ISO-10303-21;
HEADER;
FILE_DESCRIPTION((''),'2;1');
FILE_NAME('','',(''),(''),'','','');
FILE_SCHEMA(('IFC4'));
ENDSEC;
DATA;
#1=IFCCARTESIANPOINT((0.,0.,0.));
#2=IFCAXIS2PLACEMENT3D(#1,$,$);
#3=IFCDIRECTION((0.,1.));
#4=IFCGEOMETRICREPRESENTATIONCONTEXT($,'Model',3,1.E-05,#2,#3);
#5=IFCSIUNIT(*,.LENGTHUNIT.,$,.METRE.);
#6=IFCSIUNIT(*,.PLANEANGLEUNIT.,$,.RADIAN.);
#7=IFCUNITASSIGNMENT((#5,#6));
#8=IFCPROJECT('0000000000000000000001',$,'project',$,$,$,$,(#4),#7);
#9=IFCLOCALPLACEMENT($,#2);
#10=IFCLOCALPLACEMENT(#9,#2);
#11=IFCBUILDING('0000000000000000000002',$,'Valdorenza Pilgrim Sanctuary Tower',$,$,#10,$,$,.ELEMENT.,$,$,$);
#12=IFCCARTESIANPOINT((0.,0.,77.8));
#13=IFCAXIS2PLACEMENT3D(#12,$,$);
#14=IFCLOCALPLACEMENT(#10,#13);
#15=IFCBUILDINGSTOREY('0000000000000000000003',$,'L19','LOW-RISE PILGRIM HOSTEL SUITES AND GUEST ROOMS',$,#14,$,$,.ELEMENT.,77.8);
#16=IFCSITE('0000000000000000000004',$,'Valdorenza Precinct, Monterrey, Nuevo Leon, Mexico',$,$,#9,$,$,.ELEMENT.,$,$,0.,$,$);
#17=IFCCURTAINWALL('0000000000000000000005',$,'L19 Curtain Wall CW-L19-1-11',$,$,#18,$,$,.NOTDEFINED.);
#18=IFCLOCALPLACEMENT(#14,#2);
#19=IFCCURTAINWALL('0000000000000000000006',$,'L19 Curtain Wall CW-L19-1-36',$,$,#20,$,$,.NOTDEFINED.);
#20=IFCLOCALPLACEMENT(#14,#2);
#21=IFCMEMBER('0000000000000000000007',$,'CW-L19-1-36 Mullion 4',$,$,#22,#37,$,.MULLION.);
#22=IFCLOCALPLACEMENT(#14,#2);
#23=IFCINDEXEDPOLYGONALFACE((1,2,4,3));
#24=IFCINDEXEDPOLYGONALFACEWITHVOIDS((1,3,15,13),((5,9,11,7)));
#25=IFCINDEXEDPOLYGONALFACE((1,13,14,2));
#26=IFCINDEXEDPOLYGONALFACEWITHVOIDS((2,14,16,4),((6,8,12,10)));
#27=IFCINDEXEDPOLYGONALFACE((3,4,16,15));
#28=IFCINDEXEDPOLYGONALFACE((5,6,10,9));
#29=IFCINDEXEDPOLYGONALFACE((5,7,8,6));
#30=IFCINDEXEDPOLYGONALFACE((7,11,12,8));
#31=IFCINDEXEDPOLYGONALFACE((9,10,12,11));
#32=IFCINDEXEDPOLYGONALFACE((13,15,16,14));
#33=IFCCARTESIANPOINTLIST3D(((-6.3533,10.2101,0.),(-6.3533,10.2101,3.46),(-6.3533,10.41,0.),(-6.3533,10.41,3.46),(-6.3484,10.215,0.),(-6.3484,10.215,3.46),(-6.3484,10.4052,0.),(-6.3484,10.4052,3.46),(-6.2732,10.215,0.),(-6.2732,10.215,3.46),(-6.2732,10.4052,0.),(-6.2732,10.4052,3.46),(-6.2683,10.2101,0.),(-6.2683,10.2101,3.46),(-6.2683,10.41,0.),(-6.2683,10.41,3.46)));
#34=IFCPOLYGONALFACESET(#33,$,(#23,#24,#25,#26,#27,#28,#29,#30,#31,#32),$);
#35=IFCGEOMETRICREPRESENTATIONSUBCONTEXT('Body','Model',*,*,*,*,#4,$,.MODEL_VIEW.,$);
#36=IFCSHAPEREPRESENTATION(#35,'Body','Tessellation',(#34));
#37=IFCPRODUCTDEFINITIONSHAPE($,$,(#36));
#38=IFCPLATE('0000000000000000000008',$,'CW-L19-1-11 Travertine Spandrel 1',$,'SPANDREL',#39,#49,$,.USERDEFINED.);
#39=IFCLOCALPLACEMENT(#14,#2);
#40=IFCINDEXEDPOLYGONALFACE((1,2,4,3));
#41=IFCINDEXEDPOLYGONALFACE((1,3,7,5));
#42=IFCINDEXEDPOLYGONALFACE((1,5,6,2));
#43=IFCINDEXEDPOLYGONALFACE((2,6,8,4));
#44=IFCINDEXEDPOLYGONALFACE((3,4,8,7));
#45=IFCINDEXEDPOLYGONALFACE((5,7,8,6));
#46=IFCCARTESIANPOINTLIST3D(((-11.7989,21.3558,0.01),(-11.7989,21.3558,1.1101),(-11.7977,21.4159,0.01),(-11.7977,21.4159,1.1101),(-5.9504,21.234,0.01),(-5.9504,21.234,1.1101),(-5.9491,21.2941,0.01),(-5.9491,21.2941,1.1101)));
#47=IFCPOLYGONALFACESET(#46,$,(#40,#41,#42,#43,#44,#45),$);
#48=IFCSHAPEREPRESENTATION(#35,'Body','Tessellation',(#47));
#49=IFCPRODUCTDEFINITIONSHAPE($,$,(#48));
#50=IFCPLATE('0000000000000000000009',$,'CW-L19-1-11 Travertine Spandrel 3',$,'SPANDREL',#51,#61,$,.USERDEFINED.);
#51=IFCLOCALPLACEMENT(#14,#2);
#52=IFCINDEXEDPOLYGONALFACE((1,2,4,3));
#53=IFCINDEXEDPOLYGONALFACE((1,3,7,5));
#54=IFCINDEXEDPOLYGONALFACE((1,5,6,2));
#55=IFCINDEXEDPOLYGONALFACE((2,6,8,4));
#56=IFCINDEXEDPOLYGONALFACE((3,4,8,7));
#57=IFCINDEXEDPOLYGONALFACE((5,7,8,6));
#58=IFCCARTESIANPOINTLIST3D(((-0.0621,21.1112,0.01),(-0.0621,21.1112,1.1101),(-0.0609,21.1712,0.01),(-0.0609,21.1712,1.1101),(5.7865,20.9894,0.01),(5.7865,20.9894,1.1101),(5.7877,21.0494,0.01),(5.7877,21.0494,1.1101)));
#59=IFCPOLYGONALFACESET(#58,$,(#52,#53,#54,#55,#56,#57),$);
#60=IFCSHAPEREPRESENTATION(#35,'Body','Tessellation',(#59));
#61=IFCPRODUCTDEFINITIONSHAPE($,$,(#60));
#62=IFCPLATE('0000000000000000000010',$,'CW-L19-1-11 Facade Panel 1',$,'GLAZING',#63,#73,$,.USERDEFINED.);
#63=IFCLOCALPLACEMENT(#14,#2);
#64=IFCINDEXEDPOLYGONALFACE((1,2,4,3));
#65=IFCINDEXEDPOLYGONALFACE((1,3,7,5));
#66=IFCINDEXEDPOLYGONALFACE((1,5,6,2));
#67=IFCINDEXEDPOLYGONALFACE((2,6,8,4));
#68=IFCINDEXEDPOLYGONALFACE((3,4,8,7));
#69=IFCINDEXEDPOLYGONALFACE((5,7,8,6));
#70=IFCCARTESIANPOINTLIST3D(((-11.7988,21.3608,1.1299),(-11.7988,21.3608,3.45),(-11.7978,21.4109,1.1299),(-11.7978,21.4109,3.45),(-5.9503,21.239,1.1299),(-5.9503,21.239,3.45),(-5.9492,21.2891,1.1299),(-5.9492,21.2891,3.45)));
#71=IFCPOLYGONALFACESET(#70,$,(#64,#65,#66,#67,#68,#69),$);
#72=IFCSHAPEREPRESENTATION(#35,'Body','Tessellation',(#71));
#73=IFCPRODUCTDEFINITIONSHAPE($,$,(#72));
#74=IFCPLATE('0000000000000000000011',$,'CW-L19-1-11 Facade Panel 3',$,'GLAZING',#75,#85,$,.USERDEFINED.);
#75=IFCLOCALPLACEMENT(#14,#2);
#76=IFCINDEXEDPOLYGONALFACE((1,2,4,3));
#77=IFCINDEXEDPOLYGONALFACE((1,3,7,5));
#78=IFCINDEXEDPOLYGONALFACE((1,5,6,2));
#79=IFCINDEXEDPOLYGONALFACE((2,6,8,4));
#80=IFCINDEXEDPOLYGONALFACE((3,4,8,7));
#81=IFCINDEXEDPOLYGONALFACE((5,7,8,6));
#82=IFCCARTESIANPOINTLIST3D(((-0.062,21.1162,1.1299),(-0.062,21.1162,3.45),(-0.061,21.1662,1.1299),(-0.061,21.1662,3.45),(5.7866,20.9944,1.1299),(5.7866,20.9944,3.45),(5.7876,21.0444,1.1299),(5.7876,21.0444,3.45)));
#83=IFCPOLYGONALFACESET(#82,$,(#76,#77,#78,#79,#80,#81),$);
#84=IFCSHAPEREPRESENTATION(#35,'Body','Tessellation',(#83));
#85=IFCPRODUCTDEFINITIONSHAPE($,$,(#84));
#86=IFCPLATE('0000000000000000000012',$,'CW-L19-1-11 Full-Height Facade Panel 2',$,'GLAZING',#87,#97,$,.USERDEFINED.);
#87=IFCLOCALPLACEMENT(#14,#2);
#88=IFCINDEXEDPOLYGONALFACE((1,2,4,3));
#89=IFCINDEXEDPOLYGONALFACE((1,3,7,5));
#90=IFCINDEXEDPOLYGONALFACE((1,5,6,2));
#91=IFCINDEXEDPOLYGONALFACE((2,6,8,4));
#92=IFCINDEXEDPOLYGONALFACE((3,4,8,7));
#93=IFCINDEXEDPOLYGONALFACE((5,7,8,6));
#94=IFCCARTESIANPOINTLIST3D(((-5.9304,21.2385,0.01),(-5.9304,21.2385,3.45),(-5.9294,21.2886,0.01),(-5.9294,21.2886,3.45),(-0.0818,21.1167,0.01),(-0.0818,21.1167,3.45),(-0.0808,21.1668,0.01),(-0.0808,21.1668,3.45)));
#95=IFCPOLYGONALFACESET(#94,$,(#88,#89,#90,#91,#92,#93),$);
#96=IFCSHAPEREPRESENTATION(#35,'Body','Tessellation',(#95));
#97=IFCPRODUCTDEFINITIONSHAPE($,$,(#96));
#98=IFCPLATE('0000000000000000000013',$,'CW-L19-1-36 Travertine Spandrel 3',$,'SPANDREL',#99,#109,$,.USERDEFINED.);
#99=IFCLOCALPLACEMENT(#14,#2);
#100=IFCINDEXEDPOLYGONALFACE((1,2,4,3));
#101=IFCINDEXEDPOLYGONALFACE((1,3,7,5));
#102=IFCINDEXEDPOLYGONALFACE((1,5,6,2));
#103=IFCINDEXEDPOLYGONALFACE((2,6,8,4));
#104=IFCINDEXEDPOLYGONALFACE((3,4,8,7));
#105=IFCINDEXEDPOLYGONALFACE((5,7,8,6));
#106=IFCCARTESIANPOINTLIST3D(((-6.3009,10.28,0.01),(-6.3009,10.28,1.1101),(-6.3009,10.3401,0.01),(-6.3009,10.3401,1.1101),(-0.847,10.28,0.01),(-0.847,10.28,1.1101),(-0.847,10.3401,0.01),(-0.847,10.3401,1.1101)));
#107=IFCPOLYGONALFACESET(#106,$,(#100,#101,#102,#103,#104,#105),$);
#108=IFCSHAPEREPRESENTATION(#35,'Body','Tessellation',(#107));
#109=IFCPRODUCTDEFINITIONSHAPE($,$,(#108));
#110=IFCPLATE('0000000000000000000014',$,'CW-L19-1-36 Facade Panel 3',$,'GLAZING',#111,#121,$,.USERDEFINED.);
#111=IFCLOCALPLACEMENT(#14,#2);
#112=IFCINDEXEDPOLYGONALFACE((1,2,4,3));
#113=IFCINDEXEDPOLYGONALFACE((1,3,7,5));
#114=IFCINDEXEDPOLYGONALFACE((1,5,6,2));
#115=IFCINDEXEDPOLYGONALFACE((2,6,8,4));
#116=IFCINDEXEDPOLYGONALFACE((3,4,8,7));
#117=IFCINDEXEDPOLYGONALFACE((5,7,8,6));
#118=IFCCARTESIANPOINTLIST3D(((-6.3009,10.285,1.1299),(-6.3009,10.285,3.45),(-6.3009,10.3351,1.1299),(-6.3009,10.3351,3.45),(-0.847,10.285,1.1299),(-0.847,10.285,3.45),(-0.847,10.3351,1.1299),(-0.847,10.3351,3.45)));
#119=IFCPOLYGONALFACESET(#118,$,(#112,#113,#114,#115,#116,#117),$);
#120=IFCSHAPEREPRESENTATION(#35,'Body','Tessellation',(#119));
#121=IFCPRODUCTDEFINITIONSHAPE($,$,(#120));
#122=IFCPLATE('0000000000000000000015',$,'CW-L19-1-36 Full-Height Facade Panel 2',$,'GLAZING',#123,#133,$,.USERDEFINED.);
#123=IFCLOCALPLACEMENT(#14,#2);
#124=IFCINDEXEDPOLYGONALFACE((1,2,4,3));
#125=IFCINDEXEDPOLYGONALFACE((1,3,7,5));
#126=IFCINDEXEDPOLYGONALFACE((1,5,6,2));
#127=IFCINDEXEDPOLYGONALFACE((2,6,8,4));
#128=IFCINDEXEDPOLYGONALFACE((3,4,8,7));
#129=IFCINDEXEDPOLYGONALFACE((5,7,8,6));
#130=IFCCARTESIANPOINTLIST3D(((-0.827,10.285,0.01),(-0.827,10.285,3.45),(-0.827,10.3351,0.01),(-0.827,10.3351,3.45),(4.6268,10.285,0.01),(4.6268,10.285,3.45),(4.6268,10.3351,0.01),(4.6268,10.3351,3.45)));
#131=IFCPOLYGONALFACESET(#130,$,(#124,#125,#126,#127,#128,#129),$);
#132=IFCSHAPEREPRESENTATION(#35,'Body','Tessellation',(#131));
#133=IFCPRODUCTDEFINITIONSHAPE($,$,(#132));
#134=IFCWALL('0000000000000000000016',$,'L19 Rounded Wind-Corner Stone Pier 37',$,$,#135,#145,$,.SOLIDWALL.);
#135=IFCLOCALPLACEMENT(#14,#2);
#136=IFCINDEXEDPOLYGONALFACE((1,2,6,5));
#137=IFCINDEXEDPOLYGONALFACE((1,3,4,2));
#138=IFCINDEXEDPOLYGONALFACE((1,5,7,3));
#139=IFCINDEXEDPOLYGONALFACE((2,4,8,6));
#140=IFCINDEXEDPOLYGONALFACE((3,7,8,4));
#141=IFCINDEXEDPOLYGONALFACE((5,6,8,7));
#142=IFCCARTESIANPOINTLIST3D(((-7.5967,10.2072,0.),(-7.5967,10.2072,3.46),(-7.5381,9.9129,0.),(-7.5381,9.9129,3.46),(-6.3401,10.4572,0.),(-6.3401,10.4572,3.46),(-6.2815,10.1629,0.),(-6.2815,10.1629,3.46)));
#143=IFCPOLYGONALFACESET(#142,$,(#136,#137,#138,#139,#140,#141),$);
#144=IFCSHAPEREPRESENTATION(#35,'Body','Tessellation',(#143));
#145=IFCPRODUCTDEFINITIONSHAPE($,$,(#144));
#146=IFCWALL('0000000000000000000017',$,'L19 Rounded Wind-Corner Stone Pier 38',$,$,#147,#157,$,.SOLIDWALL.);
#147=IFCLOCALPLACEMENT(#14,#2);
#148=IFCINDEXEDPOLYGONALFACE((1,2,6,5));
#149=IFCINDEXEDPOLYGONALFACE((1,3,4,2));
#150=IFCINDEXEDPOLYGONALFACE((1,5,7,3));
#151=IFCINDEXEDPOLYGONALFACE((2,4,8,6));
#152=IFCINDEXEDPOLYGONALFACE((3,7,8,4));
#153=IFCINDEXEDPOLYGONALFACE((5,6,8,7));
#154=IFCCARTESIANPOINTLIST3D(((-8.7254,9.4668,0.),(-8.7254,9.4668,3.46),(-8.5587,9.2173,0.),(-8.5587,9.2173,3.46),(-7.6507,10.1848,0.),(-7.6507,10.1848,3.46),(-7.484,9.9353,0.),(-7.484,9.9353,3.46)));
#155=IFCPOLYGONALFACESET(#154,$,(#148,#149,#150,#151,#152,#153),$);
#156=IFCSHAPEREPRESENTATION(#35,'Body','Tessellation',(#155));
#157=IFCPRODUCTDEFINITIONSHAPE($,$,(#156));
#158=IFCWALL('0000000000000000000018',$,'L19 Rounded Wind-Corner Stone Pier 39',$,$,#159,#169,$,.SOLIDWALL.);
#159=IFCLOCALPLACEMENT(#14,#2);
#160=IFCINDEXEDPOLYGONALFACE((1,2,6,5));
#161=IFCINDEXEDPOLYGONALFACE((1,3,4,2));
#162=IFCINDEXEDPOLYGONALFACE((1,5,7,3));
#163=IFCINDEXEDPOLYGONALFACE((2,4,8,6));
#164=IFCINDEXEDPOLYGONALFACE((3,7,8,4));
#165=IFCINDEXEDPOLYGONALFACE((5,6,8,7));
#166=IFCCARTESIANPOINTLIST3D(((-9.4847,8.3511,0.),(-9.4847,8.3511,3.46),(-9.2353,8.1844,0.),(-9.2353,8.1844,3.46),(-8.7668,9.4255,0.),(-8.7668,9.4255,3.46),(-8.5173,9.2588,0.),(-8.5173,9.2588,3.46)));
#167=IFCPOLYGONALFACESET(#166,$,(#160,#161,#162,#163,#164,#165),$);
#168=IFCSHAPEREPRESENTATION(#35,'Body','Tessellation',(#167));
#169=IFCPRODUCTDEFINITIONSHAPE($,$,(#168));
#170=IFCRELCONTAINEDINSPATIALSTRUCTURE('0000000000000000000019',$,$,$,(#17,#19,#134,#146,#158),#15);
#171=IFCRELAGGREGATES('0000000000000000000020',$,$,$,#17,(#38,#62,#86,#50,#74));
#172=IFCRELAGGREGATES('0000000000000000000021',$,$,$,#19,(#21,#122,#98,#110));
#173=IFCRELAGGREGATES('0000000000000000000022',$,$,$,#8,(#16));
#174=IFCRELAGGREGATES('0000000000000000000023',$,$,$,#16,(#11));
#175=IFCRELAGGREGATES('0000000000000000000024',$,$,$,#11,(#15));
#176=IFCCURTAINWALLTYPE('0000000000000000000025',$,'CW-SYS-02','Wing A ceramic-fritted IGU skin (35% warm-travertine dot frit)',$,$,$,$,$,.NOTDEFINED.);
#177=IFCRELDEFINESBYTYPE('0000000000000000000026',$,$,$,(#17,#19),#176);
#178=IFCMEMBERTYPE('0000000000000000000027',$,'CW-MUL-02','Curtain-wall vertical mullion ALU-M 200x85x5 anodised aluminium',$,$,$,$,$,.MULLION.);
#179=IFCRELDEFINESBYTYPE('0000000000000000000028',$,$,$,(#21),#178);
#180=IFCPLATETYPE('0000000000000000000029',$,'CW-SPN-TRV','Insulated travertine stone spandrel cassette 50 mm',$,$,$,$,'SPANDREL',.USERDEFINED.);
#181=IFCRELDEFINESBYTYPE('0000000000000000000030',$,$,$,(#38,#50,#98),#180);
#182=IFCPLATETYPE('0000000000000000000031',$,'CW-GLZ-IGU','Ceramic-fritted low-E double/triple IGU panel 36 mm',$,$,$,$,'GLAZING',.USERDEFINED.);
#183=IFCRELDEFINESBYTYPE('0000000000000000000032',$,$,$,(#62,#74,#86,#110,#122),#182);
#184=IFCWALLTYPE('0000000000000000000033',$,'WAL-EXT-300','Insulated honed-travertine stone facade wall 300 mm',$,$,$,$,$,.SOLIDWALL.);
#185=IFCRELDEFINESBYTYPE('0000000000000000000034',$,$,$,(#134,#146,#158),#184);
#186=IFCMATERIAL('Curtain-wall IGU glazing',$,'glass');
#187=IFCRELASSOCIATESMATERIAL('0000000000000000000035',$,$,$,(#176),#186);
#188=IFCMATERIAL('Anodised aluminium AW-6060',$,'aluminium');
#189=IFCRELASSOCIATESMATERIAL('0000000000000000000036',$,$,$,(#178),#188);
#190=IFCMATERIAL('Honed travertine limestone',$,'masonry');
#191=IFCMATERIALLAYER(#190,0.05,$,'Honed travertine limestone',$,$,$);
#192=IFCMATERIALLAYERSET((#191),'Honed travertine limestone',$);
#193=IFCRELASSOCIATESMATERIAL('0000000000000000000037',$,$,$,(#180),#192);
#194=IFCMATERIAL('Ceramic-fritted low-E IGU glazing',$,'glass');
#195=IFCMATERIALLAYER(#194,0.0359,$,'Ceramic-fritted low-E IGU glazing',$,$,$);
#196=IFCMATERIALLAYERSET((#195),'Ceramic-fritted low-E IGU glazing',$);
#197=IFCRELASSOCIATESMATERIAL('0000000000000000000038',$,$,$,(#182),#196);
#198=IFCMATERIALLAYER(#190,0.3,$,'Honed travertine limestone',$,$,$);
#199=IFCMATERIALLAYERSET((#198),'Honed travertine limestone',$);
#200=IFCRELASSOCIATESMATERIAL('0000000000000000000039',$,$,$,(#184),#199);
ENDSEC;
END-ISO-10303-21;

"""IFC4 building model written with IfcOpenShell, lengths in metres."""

from ifc_helpers import new_model, si_unit, direction, frame, frame_2d, origin, origin_2d, place, context, subcontext, project, spatial, rectangle, hollow_rectangle, extrude, source, transform, mapped, material, layer, layer_set, material_profile, profile_set, type_object, element, aggregate, save


model = new_model("IFC4")

# Units and contexts
model_context = context("Model", 3, precision=1e-05, world=origin(), true_north=direction((0.0, 1.0)))
body_context = subcontext(model_context, "Body", "Model", "MODEL_VIEW")
ifc_project = project(units=[si_unit("LENGTHUNIT", "METRE"), si_unit("PLANEANGLEUNIT", "RADIAN")], contexts=[model_context])

# Site, building, storey
site_placement = place(None, origin())
site = spatial("IfcSite", under=ifc_project, at=site_placement, Name="Valdorenza Precinct, Monterrey, Nuevo Leon, Mexico", CompositionType="ELEMENT", RefElevation=0.0)
building_placement = place(site_placement, origin())
building = spatial("IfcBuilding", under=site, at=building_placement, Name="Valdorenza Pilgrim Sanctuary Tower", CompositionType="ELEMENT")
storey_placement = place(building_placement, frame((0.0, 0.0, 77.8)))
storey = spatial("IfcBuildingStorey", under=building, at=storey_placement, Name="L19", Description="LOW-RISE PILGRIM HOSTEL SUITES AND GUEST ROOMS", CompositionType="ELEMENT", Elevation=77.8)

# Curtain walls, member
ifc_material_1 = material(Name="Curtain-wall IGU glazing", Category="glass")
curtain_wall_type = type_object("IfcCurtainWallType", Name="CW-SYS-02", Description="Wing A ceramic-fritted IGU skin (35% warm-travertine dot frit)", PredefinedType="NOTDEFINED", material=ifc_material_1)
curtain_wall_1_placement = place(storey_placement, origin())
curtain_wall_1 = element("IfcCurtainWall", 1, at=curtain_wall_1_placement, inside=storey, type_object=curtain_wall_type, Name="L19 Curtain Wall CW-L19-1-11", PredefinedType="NOTDEFINED")
ifc_material_2 = material(Name="Anodised aluminium AW-6060", Category="aluminium")
ifc_material_profile_1 = material_profile(ifc_material_2, hollow_rectangle(XDim=0.085, YDim=0.2, WallThickness=0.0049, at=origin_2d()), Name="ALU-M 200x85x5")
ifc_profile_set_1 = profile_set([ifc_material_profile_1], Name="Anodised aluminium AW-6060")
member_type = type_object("IfcMemberType", Name="CW-MUL-02", Description="Curtain-wall vertical mullion ALU-M 200x85x5 anodised aluminium", PredefinedType="MULLION", material=ifc_profile_set_1)
shared_shape_1 = source(origin(), body_context, "Body", "SweptSolid", [
    extrude(hollow_rectangle(XDim=0.085, YDim=0.2, WallThickness=0.0049, at=origin_2d()), origin(), (0.0, 0.0, 1.0), 3.46),
])
curtain_wall_2_placement = place(storey_placement, origin())
curtain_wall_2 = element("IfcCurtainWall", 2, at=curtain_wall_2_placement, inside=storey, type_object=curtain_wall_type, Name="L19 Curtain Wall CW-L19-1-36", PredefinedType="NOTDEFINED")
member_1_placement = place(storey_placement, frame((-6.3108, 10.3101, 0.0), z_axis=(0.0, 0.0, 1.0), x_axis=(-1.0, 0.0, 0.0)))
member_1 = element("IfcMember", 3, at=member_1_placement, type_object=member_type, Name="CW-L19-1-36 Mullion 4", PredefinedType="MULLION", context=body_context, shape_type="MappedRepresentation", body=[
    mapped(shared_shape_1, transform((0.0, 0.0, 0.0), x_axis=(1.0, 0.0, 0.0), y_axis=(0.0, 1.0, 0.0), z_axis=(0.0, 0.0, 1.0), scale=1.0)),
])

# Plates
ifc_material_3 = material(Name="Honed travertine limestone", Category="masonry")
ifc_layer_1 = layer(ifc_material_3, 0.05, Name="Honed travertine limestone")
ifc_layer_set_1 = layer_set([ifc_layer_1], Name="Honed travertine limestone")
plate_type_1 = type_object("IfcPlateType", Name="CW-SPN-TRV", Description="Insulated travertine stone spandrel cassette 50 mm", ElementType="SPANDREL", PredefinedType="USERDEFINED", material=ifc_layer_set_1)
shared_shape_2 = source(origin(), body_context, "Body", "SweptSolid", [
    extrude(rectangle(XDim=5.8499, YDim=0.0601, at=origin_2d()), origin(), (0.0, 0.0, 1.0), 1.1001),
])
plate_1_placement = place(storey_placement, frame((-8.874, 21.325, 0.01), z_axis=(0.0, 0.0, 1.0), x_axis=(0.999783, -0.02082, 0.0)))
plate_1 = element("IfcPlate", 4, at=plate_1_placement, type_object=plate_type_1, Name="CW-L19-1-11 Travertine Spandrel 1", ObjectType="SPANDREL", PredefinedType="USERDEFINED", context=body_context, shape_type="MappedRepresentation", body=[
    mapped(shared_shape_2, transform((0.0, 0.0, 0.0), x_axis=(1.0, 0.0, 0.0), y_axis=(0.0, 1.0, 0.0), z_axis=(0.0, 0.0, 1.0), scale=1.0)),
])
plate_2_placement = place(storey_placement, frame((2.8628, 21.0803, 0.01), z_axis=(0.0, 0.0, 1.0), x_axis=(0.999783, -0.02082, 0.0)))
plate_2 = element("IfcPlate", 5, at=plate_2_placement, type_object=plate_type_1, Name="CW-L19-1-11 Travertine Spandrel 3", ObjectType="SPANDREL", PredefinedType="USERDEFINED", context=body_context, shape_type="MappedRepresentation", body=[
    mapped(shared_shape_2, transform((0.0, 0.0, 0.0), x_axis=(1.0, 0.0, 0.0), y_axis=(0.0, 1.0, 0.0), z_axis=(0.0, 0.0, 1.0), scale=1.0)),
])
ifc_material_4 = material(Name="Ceramic-fritted low-E IGU glazing", Category="glass")
ifc_layer_2 = layer(ifc_material_4, 0.0359, Name="Ceramic-fritted low-E IGU glazing")
ifc_layer_set_2 = layer_set([ifc_layer_2], Name="Ceramic-fritted low-E IGU glazing")
plate_type_2 = type_object("IfcPlateType", Name="CW-GLZ-IGU", Description="Ceramic-fritted low-E double/triple IGU panel 36 mm", ElementType="GLAZING", PredefinedType="USERDEFINED", material=ifc_layer_set_2)
shared_shape_3 = source(origin(), body_context, "Body", "SweptSolid", [
    extrude(rectangle(XDim=5.8499, YDim=0.05, at=origin_2d()), origin(), (0.0, 0.0, 1.0), 2.3201),
])
plate_3_placement = place(storey_placement, frame((-8.874, 21.325, 1.1299), z_axis=(0.0, 0.0, 1.0), x_axis=(0.999783, -0.02082, 0.0)))
plate_3 = element("IfcPlate", 6, at=plate_3_placement, type_object=plate_type_2, Name="CW-L19-1-11 Facade Panel 1", ObjectType="GLAZING", PredefinedType="USERDEFINED", context=body_context, shape_type="MappedRepresentation", body=[
    mapped(shared_shape_3, transform((0.0, 0.0, 0.0), x_axis=(1.0, 0.0, 0.0), y_axis=(0.0, 1.0, 0.0), z_axis=(0.0, 0.0, 1.0), scale=1.0)),
])
plate_4_placement = place(storey_placement, frame((2.8628, 21.0803, 1.1299), z_axis=(0.0, 0.0, 1.0), x_axis=(0.999783, -0.02082, 0.0)))
plate_4 = element("IfcPlate", 7, at=plate_4_placement, type_object=plate_type_2, Name="CW-L19-1-11 Facade Panel 3", ObjectType="GLAZING", PredefinedType="USERDEFINED", context=body_context, shape_type="MappedRepresentation", body=[
    mapped(shared_shape_3, transform((0.0, 0.0, 0.0), x_axis=(1.0, 0.0, 0.0), y_axis=(0.0, 1.0, 0.0), z_axis=(0.0, 0.0, 1.0), scale=1.0)),
])
shared_shape_4 = source(origin(), body_context, "Body", "SweptSolid", [
    extrude(rectangle(XDim=5.8499, YDim=0.05, at=origin_2d()), origin(), (0.0, 0.0, 1.0), 3.4399),
])
plate_5_placement = place(storey_placement, frame((-3.0056, 21.2026, 0.01), z_axis=(0.0, 0.0, 1.0), x_axis=(0.999783, -0.02082, 0.0)))
plate_5 = element("IfcPlate", 8, at=plate_5_placement, type_object=plate_type_2, Name="CW-L19-1-11 Full-Height Facade Panel 2", ObjectType="GLAZING", PredefinedType="USERDEFINED", context=body_context, shape_type="MappedRepresentation", body=[
    mapped(shared_shape_4, transform((0.0, 0.0, 0.0), x_axis=(1.0, 0.0, 0.0), y_axis=(0.0, 1.0, 0.0), z_axis=(0.0, 0.0, 1.0), scale=1.0)),
])
aggregate(curtain_wall_1, [plate_1, plate_3, plate_5, plate_2, plate_4])
shared_shape_5 = source(origin(), body_context, "Body", "SweptSolid", [
    extrude(rectangle(XDim=5.4539, YDim=0.0601, at=origin_2d()), origin(), (0.0, 0.0, 1.0), 1.1001),
])
plate_6_placement = place(storey_placement, frame((-3.574, 10.3101, 0.01), z_axis=(0.0, 0.0, 1.0), x_axis=(-1.0, 0.0, 0.0)))
plate_6 = element("IfcPlate", 9, at=plate_6_placement, type_object=plate_type_1, Name="CW-L19-1-36 Travertine Spandrel 3", ObjectType="SPANDREL", PredefinedType="USERDEFINED", context=body_context, shape_type="MappedRepresentation", body=[
    mapped(shared_shape_5, transform((0.0, 0.0, 0.0), x_axis=(1.0, 0.0, 0.0), y_axis=(0.0, 1.0, 0.0), z_axis=(0.0, 0.0, 1.0), scale=1.0)),
])
shared_shape_6 = source(origin(), body_context, "Body", "SweptSolid", [
    extrude(rectangle(XDim=5.4539, YDim=0.05, at=origin_2d()), origin(), (0.0, 0.0, 1.0), 2.3201),
])
plate_7_placement = place(storey_placement, frame((-3.574, 10.3101, 1.1299), z_axis=(0.0, 0.0, 1.0), x_axis=(-1.0, 0.0, 0.0)))
plate_7 = element("IfcPlate", 10, at=plate_7_placement, type_object=plate_type_2, Name="CW-L19-1-36 Facade Panel 3", ObjectType="GLAZING", PredefinedType="USERDEFINED", context=body_context, shape_type="MappedRepresentation", body=[
    mapped(shared_shape_6, transform((0.0, 0.0, 0.0), x_axis=(1.0, 0.0, 0.0), y_axis=(0.0, 1.0, 0.0), z_axis=(0.0, 0.0, 1.0), scale=1.0)),
])
shared_shape_7 = source(origin(), body_context, "Body", "SweptSolid", [
    extrude(rectangle(XDim=5.4539, YDim=0.05, at=origin_2d()), origin(), (0.0, 0.0, 1.0), 3.4399),
])
plate_8_placement = place(storey_placement, frame((1.8999, 10.3101, 0.01), z_axis=(0.0, 0.0, 1.0), x_axis=(-1.0, 0.0, 0.0)))
plate_8 = element("IfcPlate", 11, at=plate_8_placement, type_object=plate_type_2, Name="CW-L19-1-36 Full-Height Facade Panel 2", ObjectType="GLAZING", PredefinedType="USERDEFINED", context=body_context, shape_type="MappedRepresentation", body=[
    mapped(shared_shape_7, transform((0.0, 0.0, 0.0), x_axis=(1.0, 0.0, 0.0), y_axis=(0.0, 1.0, 0.0), z_axis=(0.0, 0.0, 1.0), scale=1.0)),
])
aggregate(curtain_wall_2, [member_1, plate_8, plate_6, plate_7])

# Walls
ifc_layer_3 = layer(ifc_material_3, 0.3, Name="Honed travertine limestone")
ifc_layer_set_3 = layer_set([ifc_layer_3], Name="Honed travertine limestone")
wall_type_1 = type_object("IfcWallType", Name="WAL-EXT-300", Description="Insulated honed-travertine stone facade wall 300 mm", PredefinedType="SOLIDWALL", material=ifc_layer_set_3)
wall_1_placement = place(storey_placement, frame((-6.3108, 10.3101, 0.0), z_axis=(0.0, 0.0, 1.0), x_axis=(-0.980778, -0.195127, 0.0)))
element("IfcWall", 12, at=wall_1_placement, inside=storey, type_object=wall_type_1, Name="L19 Rounded Wind-Corner Stone Pier 37", PredefinedType="SOLIDWALL", context=body_context, shape_type="SweptSolid", body=[
    extrude(rectangle(XDim=1.2812, YDim=0.3, at=frame_2d((0.6406, 0.0))), origin(), (0.0, 0.0, 1.0), 3.46),
])
wall_2_placement = place(storey_placement, frame((-7.5674, 10.0601, 0.0), z_axis=(0.0, 0.0, 1.0), x_axis=(-0.831498, -0.555528, 0.0)))
element("IfcWall", 13, at=wall_2_placement, inside=storey, type_object=wall_type_1, Name="L19 Rounded Wind-Corner Stone Pier 38", PredefinedType="SOLIDWALL", context=body_context, shape_type="SweptSolid", body=[
    extrude(rectangle(XDim=1.2925, YDim=0.3, at=frame_2d((0.6462, 0.0))), origin(), (0.0, 0.0, 1.0), 3.46),
])
wall_3_placement = place(storey_placement, frame((-8.6421, 9.342, 0.0), z_axis=(0.0, 0.0, 1.0), x_axis=(-0.555615, -0.831439, 0.0)))
element("IfcWall", 14, at=wall_3_placement, inside=storey, type_object=wall_type_1, Name="L19 Rounded Wind-Corner Stone Pier 39", PredefinedType="SOLIDWALL", context=body_context, shape_type="SweptSolid", body=[
    extrude(rectangle(XDim=1.2922, YDim=0.3, at=frame_2d((0.646, 0.0))), origin(), (0.0, 0.0, 1.0), 3.46),
])

save(model, "model.ifc")
